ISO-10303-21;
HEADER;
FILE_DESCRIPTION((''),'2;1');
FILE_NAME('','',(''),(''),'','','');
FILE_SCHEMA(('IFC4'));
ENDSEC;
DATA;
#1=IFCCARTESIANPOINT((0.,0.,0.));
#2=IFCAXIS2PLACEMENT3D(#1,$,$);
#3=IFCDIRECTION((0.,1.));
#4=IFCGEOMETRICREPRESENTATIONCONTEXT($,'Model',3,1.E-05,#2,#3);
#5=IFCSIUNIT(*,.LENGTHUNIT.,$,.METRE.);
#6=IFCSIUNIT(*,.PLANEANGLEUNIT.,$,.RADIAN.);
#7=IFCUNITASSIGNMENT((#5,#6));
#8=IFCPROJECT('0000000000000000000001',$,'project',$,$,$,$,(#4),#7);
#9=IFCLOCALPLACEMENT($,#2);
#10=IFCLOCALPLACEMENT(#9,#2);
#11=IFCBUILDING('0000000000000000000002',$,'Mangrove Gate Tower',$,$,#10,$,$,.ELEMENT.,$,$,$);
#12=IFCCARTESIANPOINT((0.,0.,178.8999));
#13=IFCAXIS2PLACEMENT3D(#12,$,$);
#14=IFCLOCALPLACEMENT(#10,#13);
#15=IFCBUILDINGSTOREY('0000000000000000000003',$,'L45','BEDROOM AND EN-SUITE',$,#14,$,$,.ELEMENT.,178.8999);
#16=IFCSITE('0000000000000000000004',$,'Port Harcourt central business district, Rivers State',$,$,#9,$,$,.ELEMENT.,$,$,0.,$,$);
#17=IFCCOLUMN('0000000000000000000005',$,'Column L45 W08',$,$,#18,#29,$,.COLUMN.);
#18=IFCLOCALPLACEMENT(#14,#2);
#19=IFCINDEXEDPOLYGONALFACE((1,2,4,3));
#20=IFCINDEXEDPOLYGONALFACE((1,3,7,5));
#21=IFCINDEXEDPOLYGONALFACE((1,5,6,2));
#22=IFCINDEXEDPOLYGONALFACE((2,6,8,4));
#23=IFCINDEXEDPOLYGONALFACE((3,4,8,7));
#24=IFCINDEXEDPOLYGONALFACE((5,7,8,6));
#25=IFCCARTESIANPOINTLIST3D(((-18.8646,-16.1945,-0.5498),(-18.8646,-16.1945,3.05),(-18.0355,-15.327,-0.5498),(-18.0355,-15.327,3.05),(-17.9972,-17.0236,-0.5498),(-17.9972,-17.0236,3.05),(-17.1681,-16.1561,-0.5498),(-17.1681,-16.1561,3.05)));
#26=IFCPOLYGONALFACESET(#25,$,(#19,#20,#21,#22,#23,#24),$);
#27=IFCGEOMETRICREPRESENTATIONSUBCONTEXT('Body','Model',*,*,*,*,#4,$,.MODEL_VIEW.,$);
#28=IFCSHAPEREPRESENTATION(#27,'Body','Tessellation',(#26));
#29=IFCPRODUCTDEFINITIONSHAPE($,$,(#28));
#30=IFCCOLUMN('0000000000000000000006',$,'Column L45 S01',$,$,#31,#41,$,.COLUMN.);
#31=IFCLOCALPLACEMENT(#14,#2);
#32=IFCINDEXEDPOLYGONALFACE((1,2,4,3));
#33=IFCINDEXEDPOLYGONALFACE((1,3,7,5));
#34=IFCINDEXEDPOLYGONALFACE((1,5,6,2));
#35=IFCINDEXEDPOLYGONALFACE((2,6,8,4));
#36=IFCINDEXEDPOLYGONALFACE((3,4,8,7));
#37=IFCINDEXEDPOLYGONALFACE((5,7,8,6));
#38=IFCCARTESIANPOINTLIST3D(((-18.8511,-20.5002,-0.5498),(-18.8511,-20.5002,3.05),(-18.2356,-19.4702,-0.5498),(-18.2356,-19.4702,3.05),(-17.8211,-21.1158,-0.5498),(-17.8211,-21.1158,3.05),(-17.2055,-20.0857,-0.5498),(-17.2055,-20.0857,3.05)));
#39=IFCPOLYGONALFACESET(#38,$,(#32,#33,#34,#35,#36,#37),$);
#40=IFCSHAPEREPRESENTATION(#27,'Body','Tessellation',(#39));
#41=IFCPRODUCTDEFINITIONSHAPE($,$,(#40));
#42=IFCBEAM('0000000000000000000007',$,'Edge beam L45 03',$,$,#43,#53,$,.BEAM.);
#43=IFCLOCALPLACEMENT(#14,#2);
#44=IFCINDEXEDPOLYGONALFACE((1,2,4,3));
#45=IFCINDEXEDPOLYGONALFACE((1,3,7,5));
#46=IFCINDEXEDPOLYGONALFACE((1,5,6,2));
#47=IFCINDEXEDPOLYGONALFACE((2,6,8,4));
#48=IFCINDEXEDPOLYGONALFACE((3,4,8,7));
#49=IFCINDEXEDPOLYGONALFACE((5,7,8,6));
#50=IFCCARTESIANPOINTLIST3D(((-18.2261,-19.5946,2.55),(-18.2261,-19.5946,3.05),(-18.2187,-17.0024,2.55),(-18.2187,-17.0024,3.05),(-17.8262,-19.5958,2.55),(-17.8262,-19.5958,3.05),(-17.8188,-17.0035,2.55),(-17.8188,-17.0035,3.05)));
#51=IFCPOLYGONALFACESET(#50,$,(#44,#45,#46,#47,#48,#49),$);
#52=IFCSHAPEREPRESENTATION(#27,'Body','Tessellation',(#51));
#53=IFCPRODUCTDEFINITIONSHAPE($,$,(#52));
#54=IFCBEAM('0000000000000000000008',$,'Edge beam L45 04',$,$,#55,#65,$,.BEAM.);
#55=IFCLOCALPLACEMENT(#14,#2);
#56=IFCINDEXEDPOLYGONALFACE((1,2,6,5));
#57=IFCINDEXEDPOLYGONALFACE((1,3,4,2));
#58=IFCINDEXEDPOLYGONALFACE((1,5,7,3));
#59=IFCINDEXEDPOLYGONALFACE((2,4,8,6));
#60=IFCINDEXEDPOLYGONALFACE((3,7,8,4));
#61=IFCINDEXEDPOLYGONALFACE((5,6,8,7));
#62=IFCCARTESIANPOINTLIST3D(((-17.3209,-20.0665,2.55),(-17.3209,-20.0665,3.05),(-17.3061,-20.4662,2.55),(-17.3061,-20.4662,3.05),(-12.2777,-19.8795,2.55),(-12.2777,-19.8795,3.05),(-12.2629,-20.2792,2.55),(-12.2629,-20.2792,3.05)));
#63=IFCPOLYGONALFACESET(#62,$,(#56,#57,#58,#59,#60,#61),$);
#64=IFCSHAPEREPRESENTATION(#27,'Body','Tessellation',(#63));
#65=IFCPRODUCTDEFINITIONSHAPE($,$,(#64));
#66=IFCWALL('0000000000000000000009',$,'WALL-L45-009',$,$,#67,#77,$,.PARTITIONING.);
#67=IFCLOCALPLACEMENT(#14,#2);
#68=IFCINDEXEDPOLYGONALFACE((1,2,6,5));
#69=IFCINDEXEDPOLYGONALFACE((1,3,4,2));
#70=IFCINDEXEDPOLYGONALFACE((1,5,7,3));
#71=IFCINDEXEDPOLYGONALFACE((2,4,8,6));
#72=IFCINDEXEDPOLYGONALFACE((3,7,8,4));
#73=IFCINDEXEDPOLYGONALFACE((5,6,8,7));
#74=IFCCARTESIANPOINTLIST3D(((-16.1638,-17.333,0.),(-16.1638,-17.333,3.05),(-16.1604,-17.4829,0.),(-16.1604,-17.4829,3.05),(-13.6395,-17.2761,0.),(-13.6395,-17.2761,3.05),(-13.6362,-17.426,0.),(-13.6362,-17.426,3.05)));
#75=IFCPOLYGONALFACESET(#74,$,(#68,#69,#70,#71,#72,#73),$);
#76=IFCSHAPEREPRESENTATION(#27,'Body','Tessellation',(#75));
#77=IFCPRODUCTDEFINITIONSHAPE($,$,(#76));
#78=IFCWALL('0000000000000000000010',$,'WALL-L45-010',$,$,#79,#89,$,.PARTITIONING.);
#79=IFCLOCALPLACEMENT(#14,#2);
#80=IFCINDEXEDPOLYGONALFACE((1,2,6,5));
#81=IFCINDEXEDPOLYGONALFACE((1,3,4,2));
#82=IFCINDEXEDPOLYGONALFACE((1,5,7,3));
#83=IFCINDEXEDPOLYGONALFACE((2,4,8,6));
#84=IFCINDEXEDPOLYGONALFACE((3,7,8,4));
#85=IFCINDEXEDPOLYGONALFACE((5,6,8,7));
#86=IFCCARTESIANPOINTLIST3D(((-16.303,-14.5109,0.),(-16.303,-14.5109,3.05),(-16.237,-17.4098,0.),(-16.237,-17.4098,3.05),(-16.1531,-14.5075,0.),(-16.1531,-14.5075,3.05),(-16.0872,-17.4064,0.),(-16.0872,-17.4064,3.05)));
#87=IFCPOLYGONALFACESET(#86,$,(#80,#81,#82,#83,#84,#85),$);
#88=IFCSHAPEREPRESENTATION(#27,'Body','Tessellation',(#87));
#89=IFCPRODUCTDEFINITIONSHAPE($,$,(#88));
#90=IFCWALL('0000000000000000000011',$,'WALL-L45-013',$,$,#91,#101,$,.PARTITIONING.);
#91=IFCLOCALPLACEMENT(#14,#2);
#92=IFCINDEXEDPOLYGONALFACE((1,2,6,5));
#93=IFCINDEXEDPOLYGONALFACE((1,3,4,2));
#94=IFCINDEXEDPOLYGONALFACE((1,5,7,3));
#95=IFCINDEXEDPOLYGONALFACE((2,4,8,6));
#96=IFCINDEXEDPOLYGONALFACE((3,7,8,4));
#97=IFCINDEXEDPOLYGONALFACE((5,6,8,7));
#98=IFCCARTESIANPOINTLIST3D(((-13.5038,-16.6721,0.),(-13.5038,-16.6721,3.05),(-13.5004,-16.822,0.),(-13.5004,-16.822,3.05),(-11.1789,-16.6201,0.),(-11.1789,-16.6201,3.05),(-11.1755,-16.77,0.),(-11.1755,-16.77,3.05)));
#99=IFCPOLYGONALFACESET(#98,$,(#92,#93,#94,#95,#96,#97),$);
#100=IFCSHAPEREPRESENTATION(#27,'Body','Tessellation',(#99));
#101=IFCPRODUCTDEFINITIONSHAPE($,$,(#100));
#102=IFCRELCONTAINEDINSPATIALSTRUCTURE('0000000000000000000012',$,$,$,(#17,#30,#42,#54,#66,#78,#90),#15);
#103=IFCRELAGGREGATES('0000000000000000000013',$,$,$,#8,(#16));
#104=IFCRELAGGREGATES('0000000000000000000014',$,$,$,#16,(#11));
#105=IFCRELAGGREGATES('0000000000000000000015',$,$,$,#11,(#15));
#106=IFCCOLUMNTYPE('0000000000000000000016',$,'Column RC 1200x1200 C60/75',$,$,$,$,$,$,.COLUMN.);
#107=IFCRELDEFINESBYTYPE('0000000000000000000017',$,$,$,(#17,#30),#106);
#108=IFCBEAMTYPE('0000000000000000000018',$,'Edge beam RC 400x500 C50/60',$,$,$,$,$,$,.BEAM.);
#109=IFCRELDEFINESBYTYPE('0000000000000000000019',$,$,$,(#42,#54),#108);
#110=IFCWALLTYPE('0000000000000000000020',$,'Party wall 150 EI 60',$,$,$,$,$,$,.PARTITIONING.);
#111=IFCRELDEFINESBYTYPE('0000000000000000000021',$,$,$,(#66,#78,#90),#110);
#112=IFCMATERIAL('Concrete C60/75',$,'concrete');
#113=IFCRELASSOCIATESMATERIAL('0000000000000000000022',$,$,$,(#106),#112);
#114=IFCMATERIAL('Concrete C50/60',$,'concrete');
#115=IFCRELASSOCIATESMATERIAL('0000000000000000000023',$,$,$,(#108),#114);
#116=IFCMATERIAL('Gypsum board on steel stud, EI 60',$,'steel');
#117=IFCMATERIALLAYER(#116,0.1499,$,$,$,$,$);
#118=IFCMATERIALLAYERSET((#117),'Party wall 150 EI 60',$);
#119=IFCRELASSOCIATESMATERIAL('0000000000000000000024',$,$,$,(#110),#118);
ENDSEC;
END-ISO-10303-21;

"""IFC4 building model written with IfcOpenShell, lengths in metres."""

from ifc_helpers import new_model, si_unit, direction, frame, frame_2d, origin, origin_2d, place, context, subcontext, project, spatial, rectangle, extrude, material, layer, layer_set, material_profile, profile_set, type_object, element, save


model = new_model("IFC4")

# Units and contexts
model_context = context("Model", 3, precision=1e-05, world=origin(), true_north=direction((0.0, 1.0)))
body_context = subcontext(model_context, "Body", "Model", "MODEL_VIEW")
ifc_project = project(units=[si_unit("LENGTHUNIT", "METRE"), si_unit("PLANEANGLEUNIT", "RADIAN")], contexts=[model_context])

# Site, building, storey
site_placement = place(None, origin())
site = spatial("IfcSite", under=ifc_project, at=site_placement, Name="Port Harcourt central business district, Rivers State", CompositionType="ELEMENT", RefElevation=0.0)
building_placement = place(site_placement, origin())
building = spatial("IfcBuilding", under=site, at=building_placement, Name="Mangrove Gate Tower", CompositionType="ELEMENT")
storey_placement = place(building_placement, frame((0.0, 0.0, 178.8999)))
storey = spatial("IfcBuildingStorey", under=building, at=storey_placement, Name="L45", Description="BEDROOM AND EN-SUITE", CompositionType="ELEMENT", Elevation=178.8999)

# Columns
ifc_material_1 = material(Name="Concrete C60/75", Category="concrete")
ifc_material_profile_1 = material_profile(ifc_material_1, rectangle(XDim=1.2, YDim=1.2, at=origin_2d()))
ifc_profile_set_1 = profile_set([ifc_material_profile_1], Name="Concrete C60/75")
column_type = type_object("IfcColumnType", Name="Column RC 1200x1200 C60/75", PredefinedType="COLUMN", material=ifc_profile_set_1)
for number, where, z_axis, x_axis, name in (
    (1, (-18.0164, -16.1753, -0.5498), (0.0, 0.0, 1.0), (0.72292, -0.690932, 0.0), "Column L45 W08"),
    (2, (-18.0283, -20.293, -0.5498), (0.0, 0.0, 1.0), (0.858408, -0.512967, 0.0), "Column L45 S01"),
):
    element("IfcColumn", number, at=place(storey_placement, frame(where, z_axis=z_axis, x_axis=x_axis)), inside=storey, type_object=column_type, Name=name, PredefinedType="COLUMN", context=body_context, shape_type="SweptSolid", body=[
        extrude(rectangle(XDim=1.2, YDim=1.2, at=origin_2d()), origin(), (0.0, 0.0, 1.0), 3.5999),
    ])

# Beams
ifc_material_2 = material(Name="Concrete C50/60", Category="concrete")
ifc_material_profile_2 = material_profile(ifc_material_2, rectangle(XDim=0.3999, YDim=0.5, at=origin_2d()))
ifc_profile_set_2 = profile_set([ifc_material_profile_2], Name="Concrete C50/60")
beam_type = type_object("IfcBeamType", Name="Edge beam RC 400x500 C50/60", PredefinedType="BEAM", material=ifc_profile_set_2)
beam_1_placement = place(storey_placement, frame((-18.0188, -17.0029, 2.8), z_axis=(-0.002825, -0.999996, 0.0), x_axis=(0.999996, -0.002825, 0.0)))
element("IfcBeam", 3, at=beam_1_placement, inside=storey, type_object=beam_type, Name="Edge beam L45 03", PredefinedType="BEAM", context=body_context, shape_type="SweptSolid", body=[
    extrude(rectangle(XDim=0.3999, YDim=0.5, at=origin_2d()), origin(), (0.0, 0.0, 1.0), 2.5923),
])
beam_2_placement = place(storey_placement, frame((-17.3135, -20.2664, 2.8), z_axis=(0.999313, 0.037056, 0.0), x_axis=(-0.037056, 0.999313, 0.0)))
element("IfcBeam", 4, at=beam_2_placement, inside=storey, type_object=beam_type, Name="Edge beam L45 04", PredefinedType="BEAM", context=body_context, shape_type="SweptSolid", body=[
    extrude(rectangle(XDim=0.3999, YDim=0.5, at=origin_2d()), origin(), (0.0, 0.0, 1.0), 5.0466),
])

# Walls
ifc_material_3 = material(Name="Gypsum board on steel stud, EI 60", Category="steel")
ifc_layer_1 = layer(ifc_material_3, 0.1499)
ifc_layer_set_1 = layer_set([ifc_layer_1], Name="Party wall 150 EI 60")
wall_type_1 = type_object("IfcWallType", Name="Party wall 150 EI 60", PredefinedType="PARTITIONING", material=ifc_layer_set_1)
wall_1_placement = place(storey_placement, frame((-16.1621, -17.408, 0.0), z_axis=(0.0, 0.0, 1.0), x_axis=(0.999746, 0.02253, 0.0)))
element("IfcWall", 5, at=wall_1_placement, inside=storey, type_object=wall_type_1, Name="WALL-L45-009", PredefinedType="PARTITIONING", context=body_context, shape_type="SweptSolid", body=[
    extrude(rectangle(XDim=2.5249, YDim=0.1499, at=frame_2d((1.2625, 0.0))), origin(), (0.0, 0.0, 1.0), 3.05),
])
wall_2_placement = place(storey_placement, frame((-16.1621, -17.408, 0.0), z_axis=(0.0, 0.0, 1.0), x_axis=(-0.022733, 0.999742, 0.0)))
element("IfcWall", 6, at=wall_2_placement, inside=storey, type_object=wall_type_1, Name="WALL-L45-010", PredefinedType="PARTITIONING", context=body_context, shape_type="SweptSolid", body=[
    extrude(rectangle(XDim=2.8997, YDim=0.1499, at=frame_2d((1.4497, 0.0))), origin(), (0.0, 0.0, 1.0), 3.05),
])
wall_3_placement = place(storey_placement, frame((-13.502, -16.7471, 0.0), z_axis=(0.0, 0.0, 1.0), x_axis=(0.99975, 0.022361, 0.0)))
element("IfcWall", 7, at=wall_3_placement, inside=storey, type_object=wall_type_1, Name="WALL-L45-013", PredefinedType="PARTITIONING", context=body_context, shape_type="SweptSolid", body=[
    extrude(rectangle(XDim=2.3254, YDim=0.1499, at=frame_2d((1.1626, 0.0))), origin(), (0.0, 0.0, 1.0), 3.05),
])

save(model, "model.ifc")
